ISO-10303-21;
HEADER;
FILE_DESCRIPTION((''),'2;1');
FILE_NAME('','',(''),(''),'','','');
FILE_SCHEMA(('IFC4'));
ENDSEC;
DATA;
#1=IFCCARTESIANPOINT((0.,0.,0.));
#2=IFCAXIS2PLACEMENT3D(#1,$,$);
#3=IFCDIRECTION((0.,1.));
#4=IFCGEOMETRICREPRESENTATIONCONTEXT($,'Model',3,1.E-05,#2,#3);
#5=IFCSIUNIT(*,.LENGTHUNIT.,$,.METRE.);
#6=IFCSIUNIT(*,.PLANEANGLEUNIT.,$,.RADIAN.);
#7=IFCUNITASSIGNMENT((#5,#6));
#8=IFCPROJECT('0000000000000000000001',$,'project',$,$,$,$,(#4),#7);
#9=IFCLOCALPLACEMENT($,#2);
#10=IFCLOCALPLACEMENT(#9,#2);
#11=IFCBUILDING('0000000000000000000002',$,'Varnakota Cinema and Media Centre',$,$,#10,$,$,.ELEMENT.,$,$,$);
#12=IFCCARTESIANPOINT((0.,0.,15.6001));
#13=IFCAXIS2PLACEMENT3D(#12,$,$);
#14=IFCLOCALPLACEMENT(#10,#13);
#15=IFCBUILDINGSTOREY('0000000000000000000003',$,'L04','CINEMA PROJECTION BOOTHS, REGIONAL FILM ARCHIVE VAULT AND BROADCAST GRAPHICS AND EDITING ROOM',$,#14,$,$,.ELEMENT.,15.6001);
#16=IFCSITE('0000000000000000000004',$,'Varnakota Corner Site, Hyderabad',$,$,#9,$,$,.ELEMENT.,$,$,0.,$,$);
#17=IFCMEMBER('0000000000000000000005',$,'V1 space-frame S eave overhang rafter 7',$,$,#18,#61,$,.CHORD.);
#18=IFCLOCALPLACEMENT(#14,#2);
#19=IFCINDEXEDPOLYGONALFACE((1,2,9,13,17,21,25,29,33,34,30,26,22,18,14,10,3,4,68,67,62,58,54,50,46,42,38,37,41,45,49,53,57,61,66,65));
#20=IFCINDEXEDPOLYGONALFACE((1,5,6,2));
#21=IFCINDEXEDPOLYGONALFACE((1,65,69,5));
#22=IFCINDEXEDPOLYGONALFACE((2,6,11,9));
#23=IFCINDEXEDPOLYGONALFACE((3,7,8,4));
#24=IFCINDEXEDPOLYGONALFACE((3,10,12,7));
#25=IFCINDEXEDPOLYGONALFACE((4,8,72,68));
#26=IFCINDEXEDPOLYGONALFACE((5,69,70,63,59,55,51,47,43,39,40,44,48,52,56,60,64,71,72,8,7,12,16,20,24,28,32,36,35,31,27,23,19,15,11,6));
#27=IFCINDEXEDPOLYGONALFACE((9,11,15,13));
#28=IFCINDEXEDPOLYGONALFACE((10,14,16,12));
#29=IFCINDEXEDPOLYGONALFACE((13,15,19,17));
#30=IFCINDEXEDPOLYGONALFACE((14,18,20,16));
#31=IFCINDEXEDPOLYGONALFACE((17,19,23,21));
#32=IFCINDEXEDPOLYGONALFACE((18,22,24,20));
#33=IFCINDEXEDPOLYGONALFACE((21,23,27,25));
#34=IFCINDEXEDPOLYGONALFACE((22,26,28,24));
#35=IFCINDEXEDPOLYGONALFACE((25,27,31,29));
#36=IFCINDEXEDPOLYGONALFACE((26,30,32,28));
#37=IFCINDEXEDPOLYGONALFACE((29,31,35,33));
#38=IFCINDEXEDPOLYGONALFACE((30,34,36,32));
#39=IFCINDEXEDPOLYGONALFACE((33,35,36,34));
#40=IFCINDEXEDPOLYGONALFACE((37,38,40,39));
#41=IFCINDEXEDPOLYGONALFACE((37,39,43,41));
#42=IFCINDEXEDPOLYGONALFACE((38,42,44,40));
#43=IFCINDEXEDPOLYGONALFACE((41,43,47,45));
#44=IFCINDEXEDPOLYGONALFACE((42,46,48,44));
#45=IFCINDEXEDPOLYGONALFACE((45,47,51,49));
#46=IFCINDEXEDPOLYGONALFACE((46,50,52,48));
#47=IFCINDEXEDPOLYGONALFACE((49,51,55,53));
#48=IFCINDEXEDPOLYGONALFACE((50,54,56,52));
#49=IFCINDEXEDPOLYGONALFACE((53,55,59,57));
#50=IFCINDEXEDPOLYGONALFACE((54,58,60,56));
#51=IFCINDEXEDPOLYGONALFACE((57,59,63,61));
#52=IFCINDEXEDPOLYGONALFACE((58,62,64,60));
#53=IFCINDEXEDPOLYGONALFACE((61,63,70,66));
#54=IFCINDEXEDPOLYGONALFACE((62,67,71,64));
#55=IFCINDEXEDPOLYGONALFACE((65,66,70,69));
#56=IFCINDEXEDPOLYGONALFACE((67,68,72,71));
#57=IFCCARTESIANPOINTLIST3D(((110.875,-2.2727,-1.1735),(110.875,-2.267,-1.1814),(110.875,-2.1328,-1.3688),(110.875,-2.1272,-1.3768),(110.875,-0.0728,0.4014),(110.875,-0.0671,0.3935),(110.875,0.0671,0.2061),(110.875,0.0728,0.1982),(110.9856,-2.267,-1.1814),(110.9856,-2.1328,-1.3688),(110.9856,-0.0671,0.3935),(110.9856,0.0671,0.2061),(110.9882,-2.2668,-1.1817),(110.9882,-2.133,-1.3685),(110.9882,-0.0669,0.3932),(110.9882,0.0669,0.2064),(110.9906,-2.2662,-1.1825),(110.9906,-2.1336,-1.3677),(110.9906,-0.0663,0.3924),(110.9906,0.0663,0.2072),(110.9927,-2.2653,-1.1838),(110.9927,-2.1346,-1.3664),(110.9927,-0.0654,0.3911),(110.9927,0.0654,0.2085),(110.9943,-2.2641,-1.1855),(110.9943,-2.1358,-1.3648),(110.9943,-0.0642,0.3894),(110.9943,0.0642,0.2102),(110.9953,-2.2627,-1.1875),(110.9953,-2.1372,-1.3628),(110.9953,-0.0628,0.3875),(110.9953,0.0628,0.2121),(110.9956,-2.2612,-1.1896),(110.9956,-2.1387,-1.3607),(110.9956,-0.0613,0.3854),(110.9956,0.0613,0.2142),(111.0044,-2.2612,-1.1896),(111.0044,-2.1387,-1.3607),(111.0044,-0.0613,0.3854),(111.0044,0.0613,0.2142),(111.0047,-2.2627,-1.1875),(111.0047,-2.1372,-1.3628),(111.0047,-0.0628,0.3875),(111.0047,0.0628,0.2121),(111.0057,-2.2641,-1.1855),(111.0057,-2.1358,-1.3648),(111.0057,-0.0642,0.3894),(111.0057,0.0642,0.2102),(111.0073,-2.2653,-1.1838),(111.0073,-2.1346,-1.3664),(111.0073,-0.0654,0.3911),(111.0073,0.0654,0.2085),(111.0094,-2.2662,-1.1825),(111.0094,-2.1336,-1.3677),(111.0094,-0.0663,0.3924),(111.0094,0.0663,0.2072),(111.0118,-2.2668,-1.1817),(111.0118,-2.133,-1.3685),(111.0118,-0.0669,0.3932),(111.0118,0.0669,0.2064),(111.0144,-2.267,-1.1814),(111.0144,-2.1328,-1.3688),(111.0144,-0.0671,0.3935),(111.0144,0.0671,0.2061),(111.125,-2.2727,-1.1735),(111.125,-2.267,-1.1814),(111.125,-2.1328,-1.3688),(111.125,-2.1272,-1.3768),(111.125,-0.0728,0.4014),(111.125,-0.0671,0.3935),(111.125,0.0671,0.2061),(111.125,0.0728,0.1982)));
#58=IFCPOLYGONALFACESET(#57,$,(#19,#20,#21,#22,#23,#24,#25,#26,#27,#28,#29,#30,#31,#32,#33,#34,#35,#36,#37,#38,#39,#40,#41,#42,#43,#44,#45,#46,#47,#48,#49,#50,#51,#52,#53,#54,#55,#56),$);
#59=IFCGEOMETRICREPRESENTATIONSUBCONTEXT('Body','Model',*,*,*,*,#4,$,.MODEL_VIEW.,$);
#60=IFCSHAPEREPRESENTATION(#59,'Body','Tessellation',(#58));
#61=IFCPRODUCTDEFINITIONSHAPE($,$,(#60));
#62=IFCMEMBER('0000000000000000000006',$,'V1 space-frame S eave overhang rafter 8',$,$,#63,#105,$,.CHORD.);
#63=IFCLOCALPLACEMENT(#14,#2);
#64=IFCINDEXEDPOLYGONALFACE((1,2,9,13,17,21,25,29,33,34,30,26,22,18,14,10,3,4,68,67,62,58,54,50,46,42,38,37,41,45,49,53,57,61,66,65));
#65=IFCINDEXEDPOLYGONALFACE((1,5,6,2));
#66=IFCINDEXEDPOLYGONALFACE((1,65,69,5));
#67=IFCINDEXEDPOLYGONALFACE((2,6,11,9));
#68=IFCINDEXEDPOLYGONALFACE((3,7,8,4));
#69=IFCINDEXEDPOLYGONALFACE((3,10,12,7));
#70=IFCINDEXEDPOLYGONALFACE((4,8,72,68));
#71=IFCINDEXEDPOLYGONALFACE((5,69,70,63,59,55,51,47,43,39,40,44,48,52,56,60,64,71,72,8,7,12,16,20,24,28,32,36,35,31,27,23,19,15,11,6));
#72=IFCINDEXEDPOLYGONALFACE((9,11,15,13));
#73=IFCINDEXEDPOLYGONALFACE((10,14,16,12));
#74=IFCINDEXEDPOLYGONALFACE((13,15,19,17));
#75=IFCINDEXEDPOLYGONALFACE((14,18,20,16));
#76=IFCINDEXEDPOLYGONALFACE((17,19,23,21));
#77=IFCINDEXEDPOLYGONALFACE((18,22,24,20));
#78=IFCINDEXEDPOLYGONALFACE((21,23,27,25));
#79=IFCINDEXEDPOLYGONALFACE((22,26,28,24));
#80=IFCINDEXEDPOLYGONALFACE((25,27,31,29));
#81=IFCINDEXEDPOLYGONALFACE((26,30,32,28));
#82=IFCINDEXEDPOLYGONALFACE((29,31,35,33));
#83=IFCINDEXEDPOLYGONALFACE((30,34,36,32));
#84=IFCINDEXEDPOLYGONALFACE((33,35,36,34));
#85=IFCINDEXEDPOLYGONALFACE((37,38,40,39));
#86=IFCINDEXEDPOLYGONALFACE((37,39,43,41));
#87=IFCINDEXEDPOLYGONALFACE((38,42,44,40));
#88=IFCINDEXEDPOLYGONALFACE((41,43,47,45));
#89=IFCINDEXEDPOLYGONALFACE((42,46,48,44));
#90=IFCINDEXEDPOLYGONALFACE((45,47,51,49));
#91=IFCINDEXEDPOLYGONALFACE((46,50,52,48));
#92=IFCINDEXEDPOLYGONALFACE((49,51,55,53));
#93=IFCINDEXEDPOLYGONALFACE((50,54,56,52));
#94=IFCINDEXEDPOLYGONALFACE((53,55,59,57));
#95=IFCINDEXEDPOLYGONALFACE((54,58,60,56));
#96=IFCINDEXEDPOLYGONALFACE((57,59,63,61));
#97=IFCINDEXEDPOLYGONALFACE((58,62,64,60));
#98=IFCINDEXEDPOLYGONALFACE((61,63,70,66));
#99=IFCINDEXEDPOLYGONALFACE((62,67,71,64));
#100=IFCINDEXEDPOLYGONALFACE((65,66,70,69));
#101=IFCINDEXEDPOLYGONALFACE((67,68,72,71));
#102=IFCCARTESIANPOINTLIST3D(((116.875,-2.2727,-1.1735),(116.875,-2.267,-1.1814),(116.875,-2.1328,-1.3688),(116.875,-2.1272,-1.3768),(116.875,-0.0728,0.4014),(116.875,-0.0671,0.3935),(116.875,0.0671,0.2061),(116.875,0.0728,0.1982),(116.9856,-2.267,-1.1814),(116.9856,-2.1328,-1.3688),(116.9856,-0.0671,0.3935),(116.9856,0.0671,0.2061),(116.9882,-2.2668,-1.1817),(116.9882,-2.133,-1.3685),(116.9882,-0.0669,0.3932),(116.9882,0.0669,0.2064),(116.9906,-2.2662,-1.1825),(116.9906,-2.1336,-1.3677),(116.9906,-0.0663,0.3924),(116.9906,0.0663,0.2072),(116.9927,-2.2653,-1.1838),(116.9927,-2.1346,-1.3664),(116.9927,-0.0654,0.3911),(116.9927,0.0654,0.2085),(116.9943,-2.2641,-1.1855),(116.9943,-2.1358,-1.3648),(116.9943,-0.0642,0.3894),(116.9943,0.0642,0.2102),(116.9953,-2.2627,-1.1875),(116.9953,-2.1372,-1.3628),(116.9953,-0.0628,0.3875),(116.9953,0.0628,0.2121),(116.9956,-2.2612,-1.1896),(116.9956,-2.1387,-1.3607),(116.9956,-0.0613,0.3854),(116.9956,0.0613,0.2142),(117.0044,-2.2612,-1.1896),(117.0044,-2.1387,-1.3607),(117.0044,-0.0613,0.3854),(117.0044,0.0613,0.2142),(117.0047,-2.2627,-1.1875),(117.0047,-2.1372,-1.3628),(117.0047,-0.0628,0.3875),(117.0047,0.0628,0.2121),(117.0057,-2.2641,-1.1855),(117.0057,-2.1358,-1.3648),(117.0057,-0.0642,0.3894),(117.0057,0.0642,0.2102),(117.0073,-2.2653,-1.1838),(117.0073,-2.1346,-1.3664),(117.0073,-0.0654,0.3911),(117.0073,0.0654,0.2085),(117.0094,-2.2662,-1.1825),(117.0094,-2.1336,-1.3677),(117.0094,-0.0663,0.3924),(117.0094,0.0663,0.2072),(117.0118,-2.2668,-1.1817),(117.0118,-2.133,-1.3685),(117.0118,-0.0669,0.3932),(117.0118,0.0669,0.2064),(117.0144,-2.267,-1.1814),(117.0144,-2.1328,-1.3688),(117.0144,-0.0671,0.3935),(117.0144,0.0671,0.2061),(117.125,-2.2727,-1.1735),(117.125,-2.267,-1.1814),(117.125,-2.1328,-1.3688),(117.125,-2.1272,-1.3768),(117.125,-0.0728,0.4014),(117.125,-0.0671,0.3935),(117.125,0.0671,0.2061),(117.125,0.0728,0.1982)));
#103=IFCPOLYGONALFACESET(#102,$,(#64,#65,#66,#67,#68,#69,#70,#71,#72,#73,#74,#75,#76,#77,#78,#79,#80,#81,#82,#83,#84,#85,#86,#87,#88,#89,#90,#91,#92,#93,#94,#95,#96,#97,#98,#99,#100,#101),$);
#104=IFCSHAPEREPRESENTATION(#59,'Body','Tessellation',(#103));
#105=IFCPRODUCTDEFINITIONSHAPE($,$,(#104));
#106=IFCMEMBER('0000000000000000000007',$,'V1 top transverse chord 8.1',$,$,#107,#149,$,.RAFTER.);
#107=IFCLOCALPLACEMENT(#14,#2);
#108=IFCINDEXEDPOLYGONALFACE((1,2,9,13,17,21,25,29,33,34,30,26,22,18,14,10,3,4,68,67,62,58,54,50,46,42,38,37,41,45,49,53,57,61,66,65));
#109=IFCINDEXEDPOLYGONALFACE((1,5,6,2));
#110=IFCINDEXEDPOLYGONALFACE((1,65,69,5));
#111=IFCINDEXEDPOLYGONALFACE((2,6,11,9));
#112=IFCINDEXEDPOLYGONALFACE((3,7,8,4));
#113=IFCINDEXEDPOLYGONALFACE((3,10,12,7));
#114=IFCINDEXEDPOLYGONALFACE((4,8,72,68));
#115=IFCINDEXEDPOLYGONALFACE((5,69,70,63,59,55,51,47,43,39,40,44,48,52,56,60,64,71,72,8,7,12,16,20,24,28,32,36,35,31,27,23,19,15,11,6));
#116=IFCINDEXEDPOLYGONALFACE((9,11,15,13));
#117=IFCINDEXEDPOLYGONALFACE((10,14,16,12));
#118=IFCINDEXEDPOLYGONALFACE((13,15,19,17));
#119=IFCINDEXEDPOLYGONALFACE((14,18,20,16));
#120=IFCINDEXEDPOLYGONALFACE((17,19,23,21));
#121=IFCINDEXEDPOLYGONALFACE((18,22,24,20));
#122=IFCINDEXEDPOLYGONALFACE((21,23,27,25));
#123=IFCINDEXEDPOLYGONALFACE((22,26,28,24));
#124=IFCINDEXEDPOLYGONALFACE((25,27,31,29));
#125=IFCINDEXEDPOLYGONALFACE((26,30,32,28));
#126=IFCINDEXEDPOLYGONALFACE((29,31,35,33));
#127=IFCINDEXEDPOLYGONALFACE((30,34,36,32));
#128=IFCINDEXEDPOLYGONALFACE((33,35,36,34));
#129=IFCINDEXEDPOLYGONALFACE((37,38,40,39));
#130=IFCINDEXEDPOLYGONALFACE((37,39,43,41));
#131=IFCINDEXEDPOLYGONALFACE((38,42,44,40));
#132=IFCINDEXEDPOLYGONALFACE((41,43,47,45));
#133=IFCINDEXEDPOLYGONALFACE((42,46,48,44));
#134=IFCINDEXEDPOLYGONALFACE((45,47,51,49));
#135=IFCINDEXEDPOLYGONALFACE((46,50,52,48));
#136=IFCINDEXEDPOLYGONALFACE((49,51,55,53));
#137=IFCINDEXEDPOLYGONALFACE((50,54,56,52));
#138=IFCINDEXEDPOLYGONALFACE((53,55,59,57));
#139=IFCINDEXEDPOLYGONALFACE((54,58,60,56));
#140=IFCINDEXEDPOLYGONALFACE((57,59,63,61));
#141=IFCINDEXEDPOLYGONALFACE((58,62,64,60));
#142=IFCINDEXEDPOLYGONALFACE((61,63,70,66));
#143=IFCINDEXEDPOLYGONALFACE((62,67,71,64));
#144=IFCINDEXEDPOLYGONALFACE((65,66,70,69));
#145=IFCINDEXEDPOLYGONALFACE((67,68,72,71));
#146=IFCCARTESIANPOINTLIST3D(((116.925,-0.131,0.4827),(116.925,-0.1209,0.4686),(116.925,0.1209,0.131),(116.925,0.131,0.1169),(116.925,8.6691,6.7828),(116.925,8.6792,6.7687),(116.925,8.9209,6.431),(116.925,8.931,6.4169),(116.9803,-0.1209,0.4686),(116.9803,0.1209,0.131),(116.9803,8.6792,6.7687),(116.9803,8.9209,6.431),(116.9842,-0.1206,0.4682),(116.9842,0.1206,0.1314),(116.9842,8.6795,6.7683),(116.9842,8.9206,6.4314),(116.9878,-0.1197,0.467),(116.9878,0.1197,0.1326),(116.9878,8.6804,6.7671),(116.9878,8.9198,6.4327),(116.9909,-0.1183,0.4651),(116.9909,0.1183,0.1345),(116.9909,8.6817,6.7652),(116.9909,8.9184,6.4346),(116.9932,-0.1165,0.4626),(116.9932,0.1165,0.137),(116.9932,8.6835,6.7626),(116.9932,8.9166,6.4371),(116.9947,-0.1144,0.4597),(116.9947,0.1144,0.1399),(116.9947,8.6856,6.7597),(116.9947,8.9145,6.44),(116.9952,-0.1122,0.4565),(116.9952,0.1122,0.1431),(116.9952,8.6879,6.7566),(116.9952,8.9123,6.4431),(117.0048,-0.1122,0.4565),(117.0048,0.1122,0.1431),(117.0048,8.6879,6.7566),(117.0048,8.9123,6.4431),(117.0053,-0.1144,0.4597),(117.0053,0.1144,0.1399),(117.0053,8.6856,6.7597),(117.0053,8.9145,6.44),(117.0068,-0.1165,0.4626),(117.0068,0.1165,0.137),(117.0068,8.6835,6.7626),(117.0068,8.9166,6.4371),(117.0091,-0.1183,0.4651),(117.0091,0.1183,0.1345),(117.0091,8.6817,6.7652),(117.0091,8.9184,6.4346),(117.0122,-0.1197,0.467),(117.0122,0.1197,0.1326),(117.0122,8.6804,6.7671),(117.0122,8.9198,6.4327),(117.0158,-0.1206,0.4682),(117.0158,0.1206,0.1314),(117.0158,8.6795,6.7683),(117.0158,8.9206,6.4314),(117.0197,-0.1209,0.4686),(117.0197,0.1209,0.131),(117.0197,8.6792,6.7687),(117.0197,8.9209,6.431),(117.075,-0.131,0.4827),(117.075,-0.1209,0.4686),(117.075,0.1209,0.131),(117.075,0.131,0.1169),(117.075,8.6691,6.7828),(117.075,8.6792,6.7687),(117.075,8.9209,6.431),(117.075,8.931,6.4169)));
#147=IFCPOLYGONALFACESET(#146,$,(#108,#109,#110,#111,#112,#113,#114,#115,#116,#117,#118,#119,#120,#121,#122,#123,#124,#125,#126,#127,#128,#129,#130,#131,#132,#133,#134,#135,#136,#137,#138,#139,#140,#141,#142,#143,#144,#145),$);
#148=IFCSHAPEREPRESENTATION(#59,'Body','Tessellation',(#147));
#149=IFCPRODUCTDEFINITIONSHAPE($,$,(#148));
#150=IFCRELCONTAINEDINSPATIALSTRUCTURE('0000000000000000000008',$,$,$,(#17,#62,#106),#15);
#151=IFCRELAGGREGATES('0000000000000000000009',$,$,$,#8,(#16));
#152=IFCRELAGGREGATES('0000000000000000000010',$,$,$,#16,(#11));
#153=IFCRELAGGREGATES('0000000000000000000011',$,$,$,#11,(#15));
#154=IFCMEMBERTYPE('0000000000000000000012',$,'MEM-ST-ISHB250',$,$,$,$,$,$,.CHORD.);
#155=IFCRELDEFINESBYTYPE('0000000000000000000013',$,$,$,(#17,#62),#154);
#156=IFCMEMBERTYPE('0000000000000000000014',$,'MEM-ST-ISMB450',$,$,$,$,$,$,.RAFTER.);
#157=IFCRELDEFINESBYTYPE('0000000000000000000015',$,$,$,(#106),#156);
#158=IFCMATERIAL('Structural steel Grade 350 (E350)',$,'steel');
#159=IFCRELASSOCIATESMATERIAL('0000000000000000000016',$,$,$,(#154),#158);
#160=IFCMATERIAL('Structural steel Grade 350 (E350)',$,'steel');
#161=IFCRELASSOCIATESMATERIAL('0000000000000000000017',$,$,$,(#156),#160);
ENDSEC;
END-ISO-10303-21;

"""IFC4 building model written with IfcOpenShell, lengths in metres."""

from ifc_helpers import new_model, si_unit, direction, frame, origin, origin_2d, place, context, subcontext, project, spatial, i_section, extrude, material, material_profile, profile_set, type_object, element, save


model = new_model("IFC4")

# Units and contexts
model_context = context("Model", 3, precision=1e-05, world=origin(), true_north=direction((0.0, 1.0)))
body_context = subcontext(model_context, "Body", "Model", "MODEL_VIEW")
ifc_project = project(units=[si_unit("LENGTHUNIT", "METRE"), si_unit("PLANEANGLEUNIT", "RADIAN")], contexts=[model_context])

# Site, building, storey
site_placement = place(None, origin())
site = spatial("IfcSite", under=ifc_project, at=site_placement, Name="Varnakota Corner Site, Hyderabad", CompositionType="ELEMENT", RefElevation=0.0)
building_placement = place(site_placement, origin())
building = spatial("IfcBuilding", under=site, at=building_placement, Name="Varnakota Cinema and Media Centre", CompositionType="ELEMENT")
storey_placement = place(building_placement, frame((0.0, 0.0, 15.6001)))
storey = spatial("IfcBuildingStorey", under=building, at=storey_placement, Name="L04", Description="CINEMA PROJECTION BOOTHS, REGIONAL FILM ARCHIVE VAULT AND BROADCAST GRAPHICS AND EDITING ROOM", CompositionType="ELEMENT", Elevation=15.6001)

# Members
ifc_material_1 = material(Name="Structural steel Grade 350 (E350)", Category="steel")
ifc_material_profile_1 = material_profile(ifc_material_1, i_section(OverallWidth=0.25, OverallDepth=0.25, WebThickness=0.0088, FlangeThickness=0.0098, FilletRadius=0.01, at=origin_2d()), Name="ISHB 250")
ifc_profile_set_1 = profile_set([ifc_material_profile_1], Name="Structural steel Grade 350 (E350)")
member_type_1 = type_object("IfcMemberType", Name="MEM-ST-ISHB250", PredefinedType="CHORD", material=ifc_profile_set_1)
for number, where, z_axis, x_axis, name in (
    (1, (111.0, 0.0, 0.2998), (0.0, -0.813111, -0.582109), (1.0, 0.0, 0.0), "V1 space-frame S eave overhang rafter 7"),
    (2, (117.0, 0.0, 0.2998), (0.0, -0.813111, -0.582109), (1.0, 0.0, 0.0), "V1 space-frame S eave overhang rafter 8"),
):
    element("IfcMember", number, at=place(storey_placement, frame(where, z_axis=z_axis, x_axis=x_axis)), inside=storey, type_object=member_type_1, Name=name, PredefinedType="CHORD", context=body_context, shape_type="SweptSolid", body=[
        extrude(i_section(OverallWidth=0.25, OverallDepth=0.25, WebThickness=0.0088, FlangeThickness=0.0098, FilletRadius=0.01, at=origin_2d()), origin(), (0.0, 0.0, 1.0), 2.7056),
    ])
ifc_material_2 = material(Name="Structural steel Grade 350 (E350)", Category="steel")
ifc_material_profile_2 = material_profile(ifc_material_2, i_section(OverallWidth=0.1499, OverallDepth=0.45, WebThickness=0.0095, FlangeThickness=0.0173, FilletRadius=0.0149, at=origin_2d()), Name="ISMB 450")
ifc_profile_set_2 = profile_set([ifc_material_profile_2], Name="Structural steel Grade 350 (E350)")
member_type_2 = type_object("IfcMemberType", Name="MEM-ST-ISMB450", PredefinedType="RAFTER", material=ifc_profile_set_2)
member_1_placement = place(storey_placement, frame((117.0, 0.0, 0.2998), z_axis=(0.0, 0.813108, 0.582113), x_axis=(-1.0, 0.0, 0.0)))
element("IfcMember", 3, at=member_1_placement, inside=storey, type_object=member_type_2, Name="V1 top transverse chord 8.1", PredefinedType="RAFTER", context=body_context, shape_type="SweptSolid", body=[
    extrude(i_section(OverallWidth=0.1499, OverallDepth=0.45, WebThickness=0.0095, FlangeThickness=0.0173, FilletRadius=0.0149, at=origin_2d()), origin(), (0.0, 0.0, 1.0), 10.8228),
])

save(model, "model.ifc")
